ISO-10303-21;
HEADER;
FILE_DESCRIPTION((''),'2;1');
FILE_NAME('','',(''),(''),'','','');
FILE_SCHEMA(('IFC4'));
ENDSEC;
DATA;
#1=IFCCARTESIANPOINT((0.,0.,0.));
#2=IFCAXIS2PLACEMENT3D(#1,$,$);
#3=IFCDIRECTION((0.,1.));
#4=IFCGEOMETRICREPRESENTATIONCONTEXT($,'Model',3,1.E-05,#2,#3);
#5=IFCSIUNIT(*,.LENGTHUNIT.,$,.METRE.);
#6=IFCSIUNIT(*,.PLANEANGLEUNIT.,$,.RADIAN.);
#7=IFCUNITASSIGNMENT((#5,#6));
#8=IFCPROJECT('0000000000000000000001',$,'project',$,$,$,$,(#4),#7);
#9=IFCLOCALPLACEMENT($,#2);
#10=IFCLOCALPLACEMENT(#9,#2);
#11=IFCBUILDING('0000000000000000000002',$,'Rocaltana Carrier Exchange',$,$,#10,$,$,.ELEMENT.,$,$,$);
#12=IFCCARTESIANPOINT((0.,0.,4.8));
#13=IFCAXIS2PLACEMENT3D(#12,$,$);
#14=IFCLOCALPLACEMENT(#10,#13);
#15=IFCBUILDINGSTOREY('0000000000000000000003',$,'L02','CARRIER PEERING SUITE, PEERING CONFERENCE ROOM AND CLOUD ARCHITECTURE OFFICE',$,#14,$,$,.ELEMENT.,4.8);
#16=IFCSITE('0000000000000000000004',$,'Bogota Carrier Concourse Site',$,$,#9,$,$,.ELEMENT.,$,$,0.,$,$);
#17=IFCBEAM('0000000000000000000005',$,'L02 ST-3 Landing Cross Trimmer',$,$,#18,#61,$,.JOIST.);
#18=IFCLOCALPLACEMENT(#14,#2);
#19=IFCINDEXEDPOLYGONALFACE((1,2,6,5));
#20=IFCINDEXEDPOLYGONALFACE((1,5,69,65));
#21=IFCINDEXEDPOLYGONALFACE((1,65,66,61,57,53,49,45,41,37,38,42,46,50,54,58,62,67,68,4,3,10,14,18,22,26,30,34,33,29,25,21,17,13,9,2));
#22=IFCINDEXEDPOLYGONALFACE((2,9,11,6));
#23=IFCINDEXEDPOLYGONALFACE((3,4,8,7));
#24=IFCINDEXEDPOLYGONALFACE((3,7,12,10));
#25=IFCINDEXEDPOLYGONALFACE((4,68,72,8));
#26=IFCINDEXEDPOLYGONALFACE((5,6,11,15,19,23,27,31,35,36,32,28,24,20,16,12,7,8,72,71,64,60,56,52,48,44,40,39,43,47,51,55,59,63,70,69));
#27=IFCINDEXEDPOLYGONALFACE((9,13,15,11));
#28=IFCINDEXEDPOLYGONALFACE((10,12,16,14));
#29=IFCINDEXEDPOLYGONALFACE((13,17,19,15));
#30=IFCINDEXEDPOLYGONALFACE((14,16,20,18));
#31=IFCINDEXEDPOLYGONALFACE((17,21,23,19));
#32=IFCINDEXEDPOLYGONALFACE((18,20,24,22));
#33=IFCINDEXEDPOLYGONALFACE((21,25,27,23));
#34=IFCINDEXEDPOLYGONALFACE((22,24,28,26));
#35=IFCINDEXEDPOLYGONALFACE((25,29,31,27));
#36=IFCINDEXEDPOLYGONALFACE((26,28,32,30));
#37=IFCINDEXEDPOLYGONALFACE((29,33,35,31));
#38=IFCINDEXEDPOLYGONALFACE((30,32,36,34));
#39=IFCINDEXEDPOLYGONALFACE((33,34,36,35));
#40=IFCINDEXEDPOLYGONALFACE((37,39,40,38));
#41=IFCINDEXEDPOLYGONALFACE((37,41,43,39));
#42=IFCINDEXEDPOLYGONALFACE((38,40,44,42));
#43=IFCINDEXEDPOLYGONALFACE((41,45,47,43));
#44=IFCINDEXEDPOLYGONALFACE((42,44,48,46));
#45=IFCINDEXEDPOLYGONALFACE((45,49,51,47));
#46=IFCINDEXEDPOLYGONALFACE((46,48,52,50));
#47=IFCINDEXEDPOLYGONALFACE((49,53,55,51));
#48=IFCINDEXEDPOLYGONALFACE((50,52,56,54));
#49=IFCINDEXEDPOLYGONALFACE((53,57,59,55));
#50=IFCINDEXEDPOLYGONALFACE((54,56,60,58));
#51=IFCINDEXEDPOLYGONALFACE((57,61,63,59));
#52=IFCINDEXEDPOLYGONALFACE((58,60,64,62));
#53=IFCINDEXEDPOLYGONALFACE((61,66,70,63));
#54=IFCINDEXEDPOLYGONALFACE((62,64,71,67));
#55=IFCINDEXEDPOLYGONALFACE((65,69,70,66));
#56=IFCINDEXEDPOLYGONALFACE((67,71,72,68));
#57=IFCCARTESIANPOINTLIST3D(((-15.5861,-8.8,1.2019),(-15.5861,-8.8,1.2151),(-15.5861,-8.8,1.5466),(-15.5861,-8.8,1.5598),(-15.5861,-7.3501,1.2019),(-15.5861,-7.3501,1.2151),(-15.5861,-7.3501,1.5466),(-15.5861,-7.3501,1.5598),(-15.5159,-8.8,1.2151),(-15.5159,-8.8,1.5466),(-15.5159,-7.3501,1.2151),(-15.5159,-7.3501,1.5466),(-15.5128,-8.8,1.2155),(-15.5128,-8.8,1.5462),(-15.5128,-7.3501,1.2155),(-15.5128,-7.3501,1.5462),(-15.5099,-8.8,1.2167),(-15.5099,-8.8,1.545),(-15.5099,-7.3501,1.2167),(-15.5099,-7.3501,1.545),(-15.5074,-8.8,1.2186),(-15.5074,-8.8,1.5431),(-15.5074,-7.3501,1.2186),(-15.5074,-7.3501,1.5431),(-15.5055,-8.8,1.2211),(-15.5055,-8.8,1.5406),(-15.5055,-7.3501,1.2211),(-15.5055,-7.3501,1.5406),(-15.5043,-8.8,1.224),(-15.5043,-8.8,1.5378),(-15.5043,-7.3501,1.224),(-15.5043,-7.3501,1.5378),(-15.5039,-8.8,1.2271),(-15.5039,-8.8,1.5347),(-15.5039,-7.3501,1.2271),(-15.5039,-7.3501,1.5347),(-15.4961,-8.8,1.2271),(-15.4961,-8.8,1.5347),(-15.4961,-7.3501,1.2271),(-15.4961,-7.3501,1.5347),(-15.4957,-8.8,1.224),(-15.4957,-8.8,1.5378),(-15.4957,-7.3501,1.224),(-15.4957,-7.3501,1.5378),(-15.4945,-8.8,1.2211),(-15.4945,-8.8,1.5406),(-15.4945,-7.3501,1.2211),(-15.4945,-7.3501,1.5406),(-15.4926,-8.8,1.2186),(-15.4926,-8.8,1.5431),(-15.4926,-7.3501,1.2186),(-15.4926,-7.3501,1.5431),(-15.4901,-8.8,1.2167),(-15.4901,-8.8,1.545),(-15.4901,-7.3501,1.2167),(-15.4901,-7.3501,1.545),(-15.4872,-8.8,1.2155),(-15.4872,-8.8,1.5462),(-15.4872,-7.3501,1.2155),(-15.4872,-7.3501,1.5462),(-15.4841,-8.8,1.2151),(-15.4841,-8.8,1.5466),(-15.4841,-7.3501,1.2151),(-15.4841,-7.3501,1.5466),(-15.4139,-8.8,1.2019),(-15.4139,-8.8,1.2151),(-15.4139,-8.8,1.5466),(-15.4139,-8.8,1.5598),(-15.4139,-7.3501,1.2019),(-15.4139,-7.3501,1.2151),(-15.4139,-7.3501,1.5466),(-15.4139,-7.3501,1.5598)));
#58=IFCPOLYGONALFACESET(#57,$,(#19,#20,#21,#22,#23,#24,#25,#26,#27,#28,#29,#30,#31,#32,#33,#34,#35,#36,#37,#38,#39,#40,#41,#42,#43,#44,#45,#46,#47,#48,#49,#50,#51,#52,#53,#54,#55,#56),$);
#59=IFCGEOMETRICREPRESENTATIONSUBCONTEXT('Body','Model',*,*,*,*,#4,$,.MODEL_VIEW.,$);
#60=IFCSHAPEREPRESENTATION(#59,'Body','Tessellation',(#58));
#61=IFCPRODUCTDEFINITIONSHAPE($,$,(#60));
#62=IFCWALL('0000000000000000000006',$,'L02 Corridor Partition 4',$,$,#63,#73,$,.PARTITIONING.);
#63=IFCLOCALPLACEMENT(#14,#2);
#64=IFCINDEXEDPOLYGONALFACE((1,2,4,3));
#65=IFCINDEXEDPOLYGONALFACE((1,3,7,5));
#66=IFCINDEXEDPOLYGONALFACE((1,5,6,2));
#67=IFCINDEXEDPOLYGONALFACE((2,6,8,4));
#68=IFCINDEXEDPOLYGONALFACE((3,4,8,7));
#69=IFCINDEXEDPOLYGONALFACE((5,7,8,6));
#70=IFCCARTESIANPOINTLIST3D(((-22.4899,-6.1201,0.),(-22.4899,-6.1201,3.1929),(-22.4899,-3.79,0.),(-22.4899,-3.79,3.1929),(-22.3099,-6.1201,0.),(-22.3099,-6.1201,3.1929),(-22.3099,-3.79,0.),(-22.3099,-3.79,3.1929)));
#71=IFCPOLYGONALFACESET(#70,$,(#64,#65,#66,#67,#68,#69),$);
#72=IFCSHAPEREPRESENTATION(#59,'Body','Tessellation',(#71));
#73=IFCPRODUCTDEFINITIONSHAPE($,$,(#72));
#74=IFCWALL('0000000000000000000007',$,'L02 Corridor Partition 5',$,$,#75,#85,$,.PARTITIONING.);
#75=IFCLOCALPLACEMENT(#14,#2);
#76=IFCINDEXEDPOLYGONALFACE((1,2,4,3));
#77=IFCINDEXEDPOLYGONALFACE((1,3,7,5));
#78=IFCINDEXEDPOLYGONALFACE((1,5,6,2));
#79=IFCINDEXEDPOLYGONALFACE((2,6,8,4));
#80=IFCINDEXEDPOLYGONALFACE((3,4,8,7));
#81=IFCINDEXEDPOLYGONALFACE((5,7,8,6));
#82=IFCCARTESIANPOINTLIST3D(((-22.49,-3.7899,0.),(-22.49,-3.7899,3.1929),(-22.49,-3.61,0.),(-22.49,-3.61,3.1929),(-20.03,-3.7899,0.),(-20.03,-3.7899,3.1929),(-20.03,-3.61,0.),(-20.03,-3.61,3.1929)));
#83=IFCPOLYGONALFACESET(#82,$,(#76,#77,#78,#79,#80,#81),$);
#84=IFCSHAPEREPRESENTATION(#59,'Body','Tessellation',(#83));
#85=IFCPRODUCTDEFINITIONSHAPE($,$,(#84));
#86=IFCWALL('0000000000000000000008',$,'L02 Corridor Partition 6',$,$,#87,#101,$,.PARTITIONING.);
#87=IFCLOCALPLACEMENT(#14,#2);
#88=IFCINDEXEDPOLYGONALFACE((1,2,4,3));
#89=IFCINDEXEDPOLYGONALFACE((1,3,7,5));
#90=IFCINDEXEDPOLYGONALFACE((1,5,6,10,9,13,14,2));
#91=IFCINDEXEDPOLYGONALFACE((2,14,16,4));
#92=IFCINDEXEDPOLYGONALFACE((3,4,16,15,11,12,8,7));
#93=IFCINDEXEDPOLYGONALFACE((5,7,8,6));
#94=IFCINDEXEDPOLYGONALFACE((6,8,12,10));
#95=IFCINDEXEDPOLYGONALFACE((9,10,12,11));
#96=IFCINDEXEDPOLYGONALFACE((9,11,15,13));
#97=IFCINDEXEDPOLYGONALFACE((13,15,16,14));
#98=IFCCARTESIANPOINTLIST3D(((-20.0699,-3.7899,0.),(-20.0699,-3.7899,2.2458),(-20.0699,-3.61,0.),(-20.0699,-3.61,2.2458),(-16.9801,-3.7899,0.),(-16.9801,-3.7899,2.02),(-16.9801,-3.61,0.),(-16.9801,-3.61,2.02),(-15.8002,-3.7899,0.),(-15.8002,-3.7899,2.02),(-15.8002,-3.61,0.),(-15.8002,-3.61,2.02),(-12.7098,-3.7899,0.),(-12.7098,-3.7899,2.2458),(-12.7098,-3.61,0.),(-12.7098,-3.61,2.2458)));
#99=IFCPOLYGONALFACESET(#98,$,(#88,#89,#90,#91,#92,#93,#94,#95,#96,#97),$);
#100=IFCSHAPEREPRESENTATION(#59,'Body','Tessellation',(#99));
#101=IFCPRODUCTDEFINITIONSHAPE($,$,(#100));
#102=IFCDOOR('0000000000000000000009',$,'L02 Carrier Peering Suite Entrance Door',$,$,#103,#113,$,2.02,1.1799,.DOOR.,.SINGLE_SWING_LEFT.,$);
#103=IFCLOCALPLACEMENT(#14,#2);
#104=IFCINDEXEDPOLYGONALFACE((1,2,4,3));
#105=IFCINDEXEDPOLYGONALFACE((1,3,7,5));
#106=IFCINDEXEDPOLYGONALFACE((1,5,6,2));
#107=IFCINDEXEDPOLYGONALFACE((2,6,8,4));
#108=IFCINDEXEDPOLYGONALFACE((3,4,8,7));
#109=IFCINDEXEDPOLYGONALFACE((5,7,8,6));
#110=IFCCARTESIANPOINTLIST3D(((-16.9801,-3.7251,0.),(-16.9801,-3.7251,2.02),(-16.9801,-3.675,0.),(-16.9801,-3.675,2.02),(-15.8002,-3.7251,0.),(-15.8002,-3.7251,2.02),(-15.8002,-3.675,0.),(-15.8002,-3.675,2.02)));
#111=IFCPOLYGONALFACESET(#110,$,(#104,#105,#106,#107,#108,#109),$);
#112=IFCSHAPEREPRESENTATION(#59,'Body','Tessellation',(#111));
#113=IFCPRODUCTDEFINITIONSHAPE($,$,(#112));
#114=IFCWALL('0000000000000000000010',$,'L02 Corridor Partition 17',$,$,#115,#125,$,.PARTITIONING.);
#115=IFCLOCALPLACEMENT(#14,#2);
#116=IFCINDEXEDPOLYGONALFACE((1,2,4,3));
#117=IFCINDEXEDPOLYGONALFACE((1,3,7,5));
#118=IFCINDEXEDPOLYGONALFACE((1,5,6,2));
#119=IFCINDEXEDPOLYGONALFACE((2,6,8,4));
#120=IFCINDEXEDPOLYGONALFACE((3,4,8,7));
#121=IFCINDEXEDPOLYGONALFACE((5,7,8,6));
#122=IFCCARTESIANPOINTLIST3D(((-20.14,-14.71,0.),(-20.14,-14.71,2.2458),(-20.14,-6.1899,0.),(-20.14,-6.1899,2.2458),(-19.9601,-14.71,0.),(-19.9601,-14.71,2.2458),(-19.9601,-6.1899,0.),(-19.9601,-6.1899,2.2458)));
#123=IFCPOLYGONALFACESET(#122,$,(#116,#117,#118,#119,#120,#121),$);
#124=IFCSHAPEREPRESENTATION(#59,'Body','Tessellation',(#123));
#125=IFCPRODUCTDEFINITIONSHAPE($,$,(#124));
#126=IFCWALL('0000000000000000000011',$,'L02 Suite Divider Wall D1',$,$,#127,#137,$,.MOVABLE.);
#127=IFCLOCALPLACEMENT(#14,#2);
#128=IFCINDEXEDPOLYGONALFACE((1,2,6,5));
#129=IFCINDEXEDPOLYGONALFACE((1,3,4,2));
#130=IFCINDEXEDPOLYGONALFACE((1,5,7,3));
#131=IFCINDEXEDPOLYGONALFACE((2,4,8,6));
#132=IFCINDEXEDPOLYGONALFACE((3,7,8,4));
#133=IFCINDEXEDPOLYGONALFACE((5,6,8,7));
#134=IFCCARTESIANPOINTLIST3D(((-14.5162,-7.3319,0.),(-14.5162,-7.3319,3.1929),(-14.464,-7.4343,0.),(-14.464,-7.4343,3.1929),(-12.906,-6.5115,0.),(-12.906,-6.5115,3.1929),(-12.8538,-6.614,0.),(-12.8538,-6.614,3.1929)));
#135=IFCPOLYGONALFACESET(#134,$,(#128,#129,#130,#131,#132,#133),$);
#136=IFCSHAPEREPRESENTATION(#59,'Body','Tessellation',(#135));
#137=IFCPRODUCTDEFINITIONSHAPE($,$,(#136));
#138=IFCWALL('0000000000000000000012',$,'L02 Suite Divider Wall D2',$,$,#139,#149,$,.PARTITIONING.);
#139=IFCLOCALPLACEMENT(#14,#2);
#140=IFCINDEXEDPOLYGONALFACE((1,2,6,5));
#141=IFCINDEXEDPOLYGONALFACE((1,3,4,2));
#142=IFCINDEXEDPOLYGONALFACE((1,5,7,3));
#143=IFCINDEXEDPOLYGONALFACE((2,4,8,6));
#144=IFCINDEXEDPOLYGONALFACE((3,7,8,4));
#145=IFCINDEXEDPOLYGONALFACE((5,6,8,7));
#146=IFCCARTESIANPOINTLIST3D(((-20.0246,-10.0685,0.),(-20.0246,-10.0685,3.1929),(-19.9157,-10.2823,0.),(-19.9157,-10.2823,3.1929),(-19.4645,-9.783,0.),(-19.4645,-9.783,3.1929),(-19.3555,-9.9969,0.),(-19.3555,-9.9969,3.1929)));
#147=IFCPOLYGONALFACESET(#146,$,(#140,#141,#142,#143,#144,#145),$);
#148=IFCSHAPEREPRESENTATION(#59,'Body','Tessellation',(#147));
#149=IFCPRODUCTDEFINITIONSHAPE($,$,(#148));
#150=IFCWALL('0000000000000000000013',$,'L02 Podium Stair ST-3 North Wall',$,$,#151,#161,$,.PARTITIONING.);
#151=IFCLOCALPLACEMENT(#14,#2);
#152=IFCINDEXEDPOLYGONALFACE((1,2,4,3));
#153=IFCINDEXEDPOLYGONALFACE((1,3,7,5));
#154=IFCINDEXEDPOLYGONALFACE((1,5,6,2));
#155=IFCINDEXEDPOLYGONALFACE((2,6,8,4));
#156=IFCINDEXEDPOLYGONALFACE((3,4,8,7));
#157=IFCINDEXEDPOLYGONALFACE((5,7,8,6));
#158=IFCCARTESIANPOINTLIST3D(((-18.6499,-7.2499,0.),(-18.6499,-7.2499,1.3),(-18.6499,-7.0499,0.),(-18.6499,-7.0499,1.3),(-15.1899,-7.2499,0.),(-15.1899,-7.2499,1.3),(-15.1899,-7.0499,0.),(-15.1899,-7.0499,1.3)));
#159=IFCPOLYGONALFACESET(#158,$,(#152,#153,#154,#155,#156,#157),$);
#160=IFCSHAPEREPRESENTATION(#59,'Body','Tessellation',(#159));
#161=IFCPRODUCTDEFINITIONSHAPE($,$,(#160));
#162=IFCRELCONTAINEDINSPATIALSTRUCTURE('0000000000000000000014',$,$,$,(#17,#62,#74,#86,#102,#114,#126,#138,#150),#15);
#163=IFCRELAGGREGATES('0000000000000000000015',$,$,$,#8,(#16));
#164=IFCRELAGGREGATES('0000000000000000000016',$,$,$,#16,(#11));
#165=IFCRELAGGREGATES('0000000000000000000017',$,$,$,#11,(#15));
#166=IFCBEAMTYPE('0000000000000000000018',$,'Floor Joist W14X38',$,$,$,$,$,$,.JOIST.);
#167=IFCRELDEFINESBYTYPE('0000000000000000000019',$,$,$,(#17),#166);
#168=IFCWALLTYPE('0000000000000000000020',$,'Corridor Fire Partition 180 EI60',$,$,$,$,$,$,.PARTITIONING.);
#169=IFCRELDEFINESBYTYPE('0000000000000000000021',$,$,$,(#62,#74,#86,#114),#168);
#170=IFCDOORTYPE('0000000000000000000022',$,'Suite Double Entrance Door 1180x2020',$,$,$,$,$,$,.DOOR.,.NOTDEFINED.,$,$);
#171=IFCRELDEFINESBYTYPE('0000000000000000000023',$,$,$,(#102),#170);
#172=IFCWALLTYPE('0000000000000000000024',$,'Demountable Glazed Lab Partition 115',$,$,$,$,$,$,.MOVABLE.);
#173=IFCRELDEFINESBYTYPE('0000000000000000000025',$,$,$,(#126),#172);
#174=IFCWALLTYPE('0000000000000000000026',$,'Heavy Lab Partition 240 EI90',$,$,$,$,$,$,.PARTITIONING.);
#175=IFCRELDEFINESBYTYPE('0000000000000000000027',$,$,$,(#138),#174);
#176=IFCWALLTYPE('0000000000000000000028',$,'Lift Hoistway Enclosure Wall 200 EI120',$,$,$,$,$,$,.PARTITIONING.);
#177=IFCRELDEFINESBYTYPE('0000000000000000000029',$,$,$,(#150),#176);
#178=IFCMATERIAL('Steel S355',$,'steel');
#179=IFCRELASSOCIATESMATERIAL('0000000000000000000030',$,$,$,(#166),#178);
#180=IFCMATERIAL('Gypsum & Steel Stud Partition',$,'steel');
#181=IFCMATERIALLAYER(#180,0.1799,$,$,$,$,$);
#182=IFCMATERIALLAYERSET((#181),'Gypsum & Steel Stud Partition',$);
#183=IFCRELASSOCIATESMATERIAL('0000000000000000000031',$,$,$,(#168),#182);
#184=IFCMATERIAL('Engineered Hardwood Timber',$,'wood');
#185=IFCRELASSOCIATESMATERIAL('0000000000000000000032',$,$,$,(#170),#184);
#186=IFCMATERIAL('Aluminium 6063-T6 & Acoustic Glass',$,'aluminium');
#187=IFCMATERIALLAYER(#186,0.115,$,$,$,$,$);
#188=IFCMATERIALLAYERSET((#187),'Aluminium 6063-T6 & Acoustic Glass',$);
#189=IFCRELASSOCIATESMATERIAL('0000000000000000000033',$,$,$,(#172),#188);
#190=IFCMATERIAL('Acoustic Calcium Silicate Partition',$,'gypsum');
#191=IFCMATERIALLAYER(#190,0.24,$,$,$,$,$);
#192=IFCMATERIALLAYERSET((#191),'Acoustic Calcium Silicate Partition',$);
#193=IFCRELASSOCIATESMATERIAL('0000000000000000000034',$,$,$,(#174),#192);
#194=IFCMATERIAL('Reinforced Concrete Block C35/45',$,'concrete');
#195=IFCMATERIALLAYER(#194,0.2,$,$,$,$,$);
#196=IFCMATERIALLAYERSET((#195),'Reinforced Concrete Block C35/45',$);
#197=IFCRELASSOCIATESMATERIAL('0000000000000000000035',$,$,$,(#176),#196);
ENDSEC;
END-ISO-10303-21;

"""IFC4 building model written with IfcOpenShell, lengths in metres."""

from ifc_helpers import new_model, si_unit, direction, frame, frame_2d, origin, origin_2d, place, context, subcontext, project, spatial, rectangle, i_section, extrude, material, layer, layer_set, material_profile, profile_set, type_object, element, fill, save


model = new_model("IFC4")

# Units and contexts
model_context = context("Model", 3, precision=1e-05, world=origin(), true_north=direction((0.0, 1.0)))
body_context = subcontext(model_context, "Body", "Model", "MODEL_VIEW")
ifc_project = project(units=[si_unit("LENGTHUNIT", "METRE"), si_unit("PLANEANGLEUNIT", "RADIAN")], contexts=[model_context])

# Site, building, storey
site_placement = place(None, origin())
site = spatial("IfcSite", under=ifc_project, at=site_placement, Name="Bogota Carrier Concourse Site", CompositionType="ELEMENT", RefElevation=0.0)
building_placement = place(site_placement, origin())
building = spatial("IfcBuilding", under=site, at=building_placement, Name="Rocaltana Carrier Exchange", CompositionType="ELEMENT")
storey_placement = place(building_placement, frame((0.0, 0.0, 4.8)))
storey = spatial("IfcBuildingStorey", under=building, at=storey_placement, Name="L02", Description="CARRIER PEERING SUITE, PEERING CONFERENCE ROOM AND CLOUD ARCHITECTURE OFFICE", CompositionType="ELEMENT", Elevation=4.8)

# Beam
ifc_material_1 = material(Name="Steel S355", Category="steel")
ifc_material_profile_1 = material_profile(ifc_material_1, i_section(OverallWidth=0.1721, OverallDepth=0.3579, WebThickness=0.0078, FlangeThickness=0.0132, FilletRadius=0.012, at=origin_2d()), Name="W14X38")
ifc_profile_set_1 = profile_set([ifc_material_profile_1], Name="Steel S355")
beam_type = type_object("IfcBeamType", Name="Floor Joist W14X38", PredefinedType="JOIST", material=ifc_profile_set_1)
beam_placement = place(storey_placement, frame((-15.5, -8.8, 1.3809), z_axis=(0.0, 1.0, 0.0), x_axis=(-1.0, 0.0, 0.0)))
element("IfcBeam", 1, at=beam_placement, inside=storey, type_object=beam_type, Name="L02 ST-3 Landing Cross Trimmer", PredefinedType="JOIST", context=body_context, shape_type="SweptSolid", body=[
    extrude(i_section(OverallWidth=0.1721, OverallDepth=0.3579, WebThickness=0.0078, FlangeThickness=0.0132, FilletRadius=0.012, at=origin_2d()), origin(), (0.0, 0.0, 1.0), 1.45),
])

# Walls
ifc_material_2 = material(Name="Gypsum & Steel Stud Partition", Category="steel")
ifc_layer_1 = layer(ifc_material_2, 0.1799)
ifc_layer_set_1 = layer_set([ifc_layer_1], Name="Gypsum & Steel Stud Partition")
wall_type_1 = type_object("IfcWallType", Name="Corridor Fire Partition 180 EI60", PredefinedType="PARTITIONING", material=ifc_layer_set_1)
wall_1_placement = place(storey_placement, frame((-22.3999, -6.1201, 0.0), z_axis=(0.0, 0.0, 1.0), x_axis=(0.0, 1.0, 0.0)))
element("IfcWall", 2, at=wall_1_placement, inside=storey, type_object=wall_type_1, Name="L02 Corridor Partition 4", PredefinedType="PARTITIONING", context=body_context, shape_type="SweptSolid", body=[
    extrude(rectangle(XDim=2.3301, YDim=0.1799, at=frame_2d((1.165, 0.0))), origin(), (0.0, 0.0, 1.0), 3.1929),
])
wall_2_placement = place(storey_placement, frame((-22.49, -3.7, 0.0), z_axis=(0.0, 0.0, 1.0), x_axis=(1.0, 0.0, 0.0)))
element("IfcWall", 3, at=wall_2_placement, inside=storey, type_object=wall_type_1, Name="L02 Corridor Partition 5", PredefinedType="PARTITIONING", context=body_context, shape_type="SweptSolid", body=[
    extrude(rectangle(XDim=2.46, YDim=0.1799, at=frame_2d((1.23, 0.0))), origin(), (0.0, 0.0, 1.0), 3.1929),
])

# Wall, opening, door
wall_3_placement = place(storey_placement, frame((-20.0701, -3.7, 0.0), z_axis=(0.0, 0.0, 1.0), x_axis=(1.0, 0.0, 0.0)))
wall_3 = element("IfcWall", 4, at=wall_3_placement, inside=storey, type_object=wall_type_1, Name="L02 Corridor Partition 6", PredefinedType="PARTITIONING", context=body_context, shape_type="SweptSolid", body=[
    extrude(rectangle(XDim=7.3601, YDim=0.1799, at=frame_2d((3.6802, 0.0))), origin(), (0.0, 0.0, 1.0), 2.2458),
])
opening_placement = place(wall_3_placement, frame((3.0901, 0.0, 0.0)))
opening = element("IfcOpeningElement", 5, at=opening_placement, cuts=wall_3, PredefinedType="OPENING", context=body_context, shape_type="SweptSolid", body=[
    extrude(rectangle(XDim=1.1799, YDim=2.02, at=frame_2d((0.5898, 1.01))), frame((0.0, 0.0999, 0.0), z_axis=(0.0, -1.0, 0.0), x_axis=(1.0, 0.0, 0.0)), (0.0, 0.0, 1.0), 0.2),
])
ifc_material_3 = material(Name="Engineered Hardwood Timber", Category="wood")
door_type = type_object("IfcDoorType", Name="Suite Double Entrance Door 1180x2020", OperationType="NOTDEFINED", PredefinedType="DOOR", material=ifc_material_3)
door_placement = place(opening_placement, origin())
door = element("IfcDoor", 6, at=door_placement, inside=storey, type_object=door_type, Name="L02 Carrier Peering Suite Entrance Door", OperationType="SINGLE_SWING_LEFT", OverallHeight=2.02, OverallWidth=1.1799, PredefinedType="DOOR", context=body_context, shape_type="SweptSolid", body=[
    extrude(rectangle(XDim=1.1799, YDim=2.02, at=frame_2d((0.5898, 1.01))), frame((0.0, 0.0249, 0.0), z_axis=(0.0, -1.0, 0.0), x_axis=(1.0, 0.0, 0.0)), (0.0, 0.0, 1.0), 0.05),
])
fill(opening, door)

# Walls
wall_4_placement = place(storey_placement, frame((-20.05, -6.1899, 0.0), z_axis=(0.0, 0.0, 1.0), x_axis=(0.0, -1.0, 0.0)))
element("IfcWall", 7, at=wall_4_placement, inside=storey, type_object=wall_type_1, Name="L02 Corridor Partition 17", PredefinedType="PARTITIONING", context=body_context, shape_type="SweptSolid", body=[
    extrude(rectangle(XDim=8.52, YDim=0.1799, at=frame_2d((4.26, 0.0))), origin(), (0.0, 0.0, 1.0), 2.2458),
])
ifc_material_4 = material(Name="Aluminium 6063-T6 & Acoustic Glass", Category="aluminium")
ifc_layer_2 = layer(ifc_material_4, 0.115)
ifc_layer_set_2 = layer_set([ifc_layer_2], Name="Aluminium 6063-T6 & Acoustic Glass")
wall_type_2 = type_object("IfcWallType", Name="Demountable Glazed Lab Partition 115", PredefinedType="MOVABLE", material=ifc_layer_set_2)
wall_5_placement = place(storey_placement, frame((-12.8799, -6.5627, 0.0), z_axis=(0.0, 0.0, 1.0), x_axis=(-0.891024, -0.453956, 0.0)))
element("IfcWall", 8, at=wall_5_placement, inside=storey, type_object=wall_type_2, Name="L02 Suite Divider Wall D1", PredefinedType="MOVABLE", context=body_context, shape_type="SweptSolid", body=[
    extrude(rectangle(XDim=1.8071, YDim=0.115, at=frame_2d((0.9036, 0.0))), origin(), (0.0, 0.0, 1.0), 3.1929),
])
ifc_material_5 = material(Name="Acoustic Calcium Silicate Partition", Category="gypsum")
ifc_layer_3 = layer(ifc_material_5, 0.24)
ifc_layer_set_3 = layer_set([ifc_layer_3], Name="Acoustic Calcium Silicate Partition")
wall_type_3 = type_object("IfcWallType", Name="Heavy Lab Partition 240 EI90", PredefinedType="PARTITIONING", material=ifc_layer_set_3)
wall_6_placement = place(storey_placement, frame((-19.4099, -9.8899, 0.0), z_axis=(0.0, 0.0, 1.0), x_axis=(-0.890983, -0.454036, 0.0)))
element("IfcWall", 9, at=wall_6_placement, inside=storey, type_object=wall_type_3, Name="L02 Suite Divider Wall D2", PredefinedType="PARTITIONING", context=body_context, shape_type="SweptSolid", body=[
    extrude(rectangle(XDim=0.6287, YDim=0.24, at=frame_2d((0.3145, 0.0))), origin(), (0.0, 0.0, 1.0), 3.1929),
])
ifc_material_6 = material(Name="Reinforced Concrete Block C35/45", Category="concrete")
ifc_layer_4 = layer(ifc_material_6, 0.2)
ifc_layer_set_4 = layer_set([ifc_layer_4], Name="Reinforced Concrete Block C35/45")
wall_type_4 = type_object("IfcWallType", Name="Lift Hoistway Enclosure Wall 200 EI120", PredefinedType="PARTITIONING", material=ifc_layer_set_4)
wall_7_placement = place(storey_placement, frame((-18.6499, -7.1499, 0.0), z_axis=(0.0, 0.0, 1.0), x_axis=(1.0, 0.0, 0.0)))
element("IfcWall", 10, at=wall_7_placement, inside=storey, type_object=wall_type_4, Name="L02 Podium Stair ST-3 North Wall", PredefinedType="PARTITIONING", context=body_context, shape_type="SweptSolid", body=[
    extrude(rectangle(XDim=3.46, YDim=0.2, at=frame_2d((1.73, 0.0))), origin(), (0.0, 0.0, 1.0), 1.3),
])

save(model, "model.ifc")
